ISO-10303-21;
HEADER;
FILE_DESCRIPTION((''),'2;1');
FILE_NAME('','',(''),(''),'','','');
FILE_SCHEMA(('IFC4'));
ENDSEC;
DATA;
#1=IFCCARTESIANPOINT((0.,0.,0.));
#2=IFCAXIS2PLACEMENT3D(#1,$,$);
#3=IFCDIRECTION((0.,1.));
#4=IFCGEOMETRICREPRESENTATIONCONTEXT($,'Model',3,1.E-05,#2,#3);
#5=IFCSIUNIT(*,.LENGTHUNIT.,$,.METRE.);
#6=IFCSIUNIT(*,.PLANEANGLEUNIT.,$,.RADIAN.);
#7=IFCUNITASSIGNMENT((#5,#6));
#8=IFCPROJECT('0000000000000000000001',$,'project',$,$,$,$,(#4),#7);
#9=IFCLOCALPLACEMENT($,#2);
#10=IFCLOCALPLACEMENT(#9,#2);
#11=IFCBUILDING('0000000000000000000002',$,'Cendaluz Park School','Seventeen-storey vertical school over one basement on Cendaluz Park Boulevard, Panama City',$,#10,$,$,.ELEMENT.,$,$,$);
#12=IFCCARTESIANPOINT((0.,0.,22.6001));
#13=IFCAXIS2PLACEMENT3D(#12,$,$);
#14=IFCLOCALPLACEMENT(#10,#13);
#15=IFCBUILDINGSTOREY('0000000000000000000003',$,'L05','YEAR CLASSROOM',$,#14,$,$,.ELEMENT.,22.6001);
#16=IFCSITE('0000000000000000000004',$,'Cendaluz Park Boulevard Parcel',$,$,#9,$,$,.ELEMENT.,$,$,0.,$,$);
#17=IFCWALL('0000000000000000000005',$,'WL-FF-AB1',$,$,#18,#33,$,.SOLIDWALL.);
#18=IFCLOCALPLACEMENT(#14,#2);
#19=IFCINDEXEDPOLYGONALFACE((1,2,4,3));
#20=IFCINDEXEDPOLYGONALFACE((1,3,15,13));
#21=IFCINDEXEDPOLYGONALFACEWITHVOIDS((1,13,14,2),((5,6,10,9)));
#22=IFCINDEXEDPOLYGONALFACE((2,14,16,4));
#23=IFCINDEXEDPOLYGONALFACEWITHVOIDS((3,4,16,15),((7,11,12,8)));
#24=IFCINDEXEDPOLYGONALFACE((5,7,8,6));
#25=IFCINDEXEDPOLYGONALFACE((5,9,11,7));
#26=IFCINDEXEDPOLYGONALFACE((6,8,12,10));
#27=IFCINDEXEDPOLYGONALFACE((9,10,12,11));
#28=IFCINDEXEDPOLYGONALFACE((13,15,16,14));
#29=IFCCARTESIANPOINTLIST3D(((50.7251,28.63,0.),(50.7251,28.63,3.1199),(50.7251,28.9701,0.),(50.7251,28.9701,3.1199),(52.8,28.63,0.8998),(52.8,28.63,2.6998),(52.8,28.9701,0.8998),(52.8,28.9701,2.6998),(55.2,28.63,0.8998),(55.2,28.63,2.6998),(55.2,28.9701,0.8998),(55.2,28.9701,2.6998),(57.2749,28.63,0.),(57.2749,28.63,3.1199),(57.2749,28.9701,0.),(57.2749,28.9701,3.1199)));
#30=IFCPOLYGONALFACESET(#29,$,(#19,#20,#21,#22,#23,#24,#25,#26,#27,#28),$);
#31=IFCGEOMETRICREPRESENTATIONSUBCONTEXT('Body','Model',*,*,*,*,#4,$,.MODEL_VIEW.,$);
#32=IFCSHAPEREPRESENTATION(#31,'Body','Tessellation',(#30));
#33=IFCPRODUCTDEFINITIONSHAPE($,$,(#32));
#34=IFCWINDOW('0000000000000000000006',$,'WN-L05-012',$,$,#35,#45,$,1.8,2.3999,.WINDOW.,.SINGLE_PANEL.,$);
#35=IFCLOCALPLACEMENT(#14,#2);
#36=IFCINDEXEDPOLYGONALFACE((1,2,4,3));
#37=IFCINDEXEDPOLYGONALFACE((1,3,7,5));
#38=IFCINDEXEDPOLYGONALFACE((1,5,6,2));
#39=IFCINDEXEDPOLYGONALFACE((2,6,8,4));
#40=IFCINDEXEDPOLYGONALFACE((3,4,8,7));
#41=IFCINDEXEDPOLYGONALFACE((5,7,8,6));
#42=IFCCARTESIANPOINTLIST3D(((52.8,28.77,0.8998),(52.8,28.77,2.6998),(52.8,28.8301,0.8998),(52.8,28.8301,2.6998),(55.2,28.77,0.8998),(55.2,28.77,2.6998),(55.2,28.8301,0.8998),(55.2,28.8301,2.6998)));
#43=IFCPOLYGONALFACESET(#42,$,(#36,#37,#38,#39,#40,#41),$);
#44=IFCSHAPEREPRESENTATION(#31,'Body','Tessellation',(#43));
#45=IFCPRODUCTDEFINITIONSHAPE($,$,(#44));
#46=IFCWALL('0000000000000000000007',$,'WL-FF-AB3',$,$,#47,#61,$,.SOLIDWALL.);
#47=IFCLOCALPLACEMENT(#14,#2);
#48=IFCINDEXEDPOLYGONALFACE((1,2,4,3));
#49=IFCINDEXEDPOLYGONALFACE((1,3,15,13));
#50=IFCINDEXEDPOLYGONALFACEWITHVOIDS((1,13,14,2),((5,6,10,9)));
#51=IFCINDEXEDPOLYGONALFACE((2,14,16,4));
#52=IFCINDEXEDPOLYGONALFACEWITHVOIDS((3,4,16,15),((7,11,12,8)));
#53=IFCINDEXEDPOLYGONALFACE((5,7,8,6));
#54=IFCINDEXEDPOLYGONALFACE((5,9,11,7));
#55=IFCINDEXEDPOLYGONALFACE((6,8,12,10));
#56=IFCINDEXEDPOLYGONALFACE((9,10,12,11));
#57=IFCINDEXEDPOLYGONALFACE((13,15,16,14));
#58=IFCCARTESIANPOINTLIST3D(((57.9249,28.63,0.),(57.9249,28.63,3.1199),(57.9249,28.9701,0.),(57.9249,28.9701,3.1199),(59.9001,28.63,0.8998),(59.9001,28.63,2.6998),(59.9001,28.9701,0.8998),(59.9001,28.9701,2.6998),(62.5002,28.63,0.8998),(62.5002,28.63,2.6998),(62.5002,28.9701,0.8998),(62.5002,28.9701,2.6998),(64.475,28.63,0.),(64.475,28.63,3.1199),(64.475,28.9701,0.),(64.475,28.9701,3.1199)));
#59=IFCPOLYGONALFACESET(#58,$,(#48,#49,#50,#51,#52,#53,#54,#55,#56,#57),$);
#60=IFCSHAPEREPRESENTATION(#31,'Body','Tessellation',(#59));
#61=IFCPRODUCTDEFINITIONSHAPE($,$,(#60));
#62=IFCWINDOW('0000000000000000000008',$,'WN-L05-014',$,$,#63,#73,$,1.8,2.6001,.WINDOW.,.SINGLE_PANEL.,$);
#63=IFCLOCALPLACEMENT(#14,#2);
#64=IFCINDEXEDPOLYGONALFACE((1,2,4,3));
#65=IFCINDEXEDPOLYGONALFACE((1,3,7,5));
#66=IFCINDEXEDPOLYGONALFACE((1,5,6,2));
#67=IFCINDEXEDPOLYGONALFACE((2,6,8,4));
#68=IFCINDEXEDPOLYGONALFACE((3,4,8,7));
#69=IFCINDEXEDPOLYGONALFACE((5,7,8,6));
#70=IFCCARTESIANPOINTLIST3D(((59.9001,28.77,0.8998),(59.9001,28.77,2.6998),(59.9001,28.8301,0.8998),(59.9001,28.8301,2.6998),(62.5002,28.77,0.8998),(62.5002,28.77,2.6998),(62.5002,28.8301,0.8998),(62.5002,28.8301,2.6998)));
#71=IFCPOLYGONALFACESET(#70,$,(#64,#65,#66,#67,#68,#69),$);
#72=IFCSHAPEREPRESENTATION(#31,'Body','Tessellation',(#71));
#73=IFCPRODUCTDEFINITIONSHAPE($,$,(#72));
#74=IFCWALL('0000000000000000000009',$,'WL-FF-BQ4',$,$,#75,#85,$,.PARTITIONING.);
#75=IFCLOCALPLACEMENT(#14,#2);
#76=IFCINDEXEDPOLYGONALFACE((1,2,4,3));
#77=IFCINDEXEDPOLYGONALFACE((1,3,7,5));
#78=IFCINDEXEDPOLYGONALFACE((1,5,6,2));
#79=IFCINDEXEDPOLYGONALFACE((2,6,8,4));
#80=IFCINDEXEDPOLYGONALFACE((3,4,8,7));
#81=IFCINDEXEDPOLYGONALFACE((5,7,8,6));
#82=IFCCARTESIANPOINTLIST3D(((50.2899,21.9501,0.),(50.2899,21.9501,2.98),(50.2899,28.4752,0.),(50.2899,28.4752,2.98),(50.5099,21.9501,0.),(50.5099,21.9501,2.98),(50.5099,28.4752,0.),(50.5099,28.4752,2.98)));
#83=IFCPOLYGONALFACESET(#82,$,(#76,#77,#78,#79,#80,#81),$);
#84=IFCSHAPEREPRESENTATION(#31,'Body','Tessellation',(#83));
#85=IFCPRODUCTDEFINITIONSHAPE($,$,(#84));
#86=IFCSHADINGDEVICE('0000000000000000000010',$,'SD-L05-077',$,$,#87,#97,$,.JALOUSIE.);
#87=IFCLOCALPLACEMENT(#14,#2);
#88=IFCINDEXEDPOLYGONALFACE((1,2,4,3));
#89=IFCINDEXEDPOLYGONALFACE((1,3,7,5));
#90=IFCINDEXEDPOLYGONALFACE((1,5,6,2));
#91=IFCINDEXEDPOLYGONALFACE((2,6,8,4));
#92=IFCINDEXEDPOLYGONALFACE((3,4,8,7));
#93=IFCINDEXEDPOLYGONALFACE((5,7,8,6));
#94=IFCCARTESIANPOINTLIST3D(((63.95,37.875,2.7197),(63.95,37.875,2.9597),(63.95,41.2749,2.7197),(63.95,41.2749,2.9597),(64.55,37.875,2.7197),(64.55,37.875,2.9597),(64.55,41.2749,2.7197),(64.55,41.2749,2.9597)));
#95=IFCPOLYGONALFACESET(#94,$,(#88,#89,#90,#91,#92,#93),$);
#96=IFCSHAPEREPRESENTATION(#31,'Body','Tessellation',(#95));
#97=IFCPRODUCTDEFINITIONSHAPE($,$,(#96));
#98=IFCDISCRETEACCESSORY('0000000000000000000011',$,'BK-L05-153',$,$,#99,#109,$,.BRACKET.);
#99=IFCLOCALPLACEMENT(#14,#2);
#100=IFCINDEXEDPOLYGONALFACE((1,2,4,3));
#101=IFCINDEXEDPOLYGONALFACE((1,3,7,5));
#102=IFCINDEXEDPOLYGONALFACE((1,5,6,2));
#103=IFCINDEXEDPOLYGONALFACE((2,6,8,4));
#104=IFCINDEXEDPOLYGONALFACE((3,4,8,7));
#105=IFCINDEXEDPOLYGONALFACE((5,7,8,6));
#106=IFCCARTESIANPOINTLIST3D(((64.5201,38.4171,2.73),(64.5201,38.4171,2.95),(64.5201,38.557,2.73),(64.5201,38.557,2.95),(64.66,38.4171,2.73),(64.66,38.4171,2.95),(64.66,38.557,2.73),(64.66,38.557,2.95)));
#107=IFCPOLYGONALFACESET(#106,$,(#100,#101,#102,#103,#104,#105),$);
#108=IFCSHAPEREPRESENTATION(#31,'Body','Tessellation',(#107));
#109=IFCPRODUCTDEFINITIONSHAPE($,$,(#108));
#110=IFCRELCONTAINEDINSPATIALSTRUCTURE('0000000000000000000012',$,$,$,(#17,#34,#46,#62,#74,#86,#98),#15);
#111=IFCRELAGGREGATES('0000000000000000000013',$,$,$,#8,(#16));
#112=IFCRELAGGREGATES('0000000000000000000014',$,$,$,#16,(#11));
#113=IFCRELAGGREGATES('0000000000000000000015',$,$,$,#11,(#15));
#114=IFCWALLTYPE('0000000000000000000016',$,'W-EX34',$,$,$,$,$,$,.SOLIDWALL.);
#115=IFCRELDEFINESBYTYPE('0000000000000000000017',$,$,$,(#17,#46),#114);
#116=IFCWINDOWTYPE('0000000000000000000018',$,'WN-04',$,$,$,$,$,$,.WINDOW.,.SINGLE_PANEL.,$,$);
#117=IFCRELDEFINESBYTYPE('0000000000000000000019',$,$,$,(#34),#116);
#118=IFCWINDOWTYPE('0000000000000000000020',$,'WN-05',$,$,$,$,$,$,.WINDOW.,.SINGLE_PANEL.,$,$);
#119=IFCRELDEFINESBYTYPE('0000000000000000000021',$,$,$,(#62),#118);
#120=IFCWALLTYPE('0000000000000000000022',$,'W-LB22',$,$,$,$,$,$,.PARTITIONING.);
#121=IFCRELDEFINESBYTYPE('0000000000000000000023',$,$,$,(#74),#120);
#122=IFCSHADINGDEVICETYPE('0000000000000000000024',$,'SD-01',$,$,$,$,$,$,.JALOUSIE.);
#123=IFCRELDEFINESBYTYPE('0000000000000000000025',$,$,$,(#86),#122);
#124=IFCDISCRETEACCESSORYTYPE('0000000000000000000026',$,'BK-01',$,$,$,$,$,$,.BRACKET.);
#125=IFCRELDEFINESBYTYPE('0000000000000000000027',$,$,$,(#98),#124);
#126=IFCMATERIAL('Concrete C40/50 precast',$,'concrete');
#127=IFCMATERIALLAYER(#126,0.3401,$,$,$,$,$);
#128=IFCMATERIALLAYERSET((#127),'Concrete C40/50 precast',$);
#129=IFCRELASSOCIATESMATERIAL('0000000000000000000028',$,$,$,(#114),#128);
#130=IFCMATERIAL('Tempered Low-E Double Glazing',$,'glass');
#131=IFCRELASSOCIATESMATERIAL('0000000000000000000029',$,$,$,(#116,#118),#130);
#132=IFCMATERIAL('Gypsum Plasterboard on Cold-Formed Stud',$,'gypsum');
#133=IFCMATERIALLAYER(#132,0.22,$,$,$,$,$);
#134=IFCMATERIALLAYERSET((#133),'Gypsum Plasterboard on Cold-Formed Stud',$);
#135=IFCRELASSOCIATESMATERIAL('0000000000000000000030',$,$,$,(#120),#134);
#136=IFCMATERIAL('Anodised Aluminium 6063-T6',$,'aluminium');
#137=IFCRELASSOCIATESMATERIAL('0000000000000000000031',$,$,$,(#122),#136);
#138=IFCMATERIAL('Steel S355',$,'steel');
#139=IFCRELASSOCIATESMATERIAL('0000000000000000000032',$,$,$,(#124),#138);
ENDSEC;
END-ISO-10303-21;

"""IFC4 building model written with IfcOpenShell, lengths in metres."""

from ifc_helpers import new_model, si_unit, direction, frame, frame_2d, origin, origin_2d, place, context, subcontext, project, spatial, rectangle, extrude, material, layer, layer_set, type_object, element, fill, save


model = new_model("IFC4")

# Units and contexts
model_context = context("Model", 3, precision=1e-05, world=origin(), true_north=direction((0.0, 1.0)))
body_context = subcontext(model_context, "Body", "Model", "MODEL_VIEW")
ifc_project = project(units=[si_unit("LENGTHUNIT", "METRE"), si_unit("PLANEANGLEUNIT", "RADIAN")], contexts=[model_context])

# Site, building, storey
site_placement = place(None, origin())
site = spatial("IfcSite", under=ifc_project, at=site_placement, Name="Cendaluz Park Boulevard Parcel", CompositionType="ELEMENT", RefElevation=0.0)
building_placement = place(site_placement, origin())
building = spatial("IfcBuilding", under=site, at=building_placement, Name="Cendaluz Park School", Description="Seventeen-storey vertical school over one basement on Cendaluz Park Boulevard, Panama City", CompositionType="ELEMENT")
storey_placement = place(building_placement, frame((0.0, 0.0, 22.6001)))
storey = spatial("IfcBuildingStorey", under=building, at=storey_placement, Name="L05", Description="YEAR CLASSROOM", CompositionType="ELEMENT", Elevation=22.6001)

# Shared definitions
ifc_material_1 = material(Name="Gypsum Plasterboard on Cold-Formed Stud", Category="gypsum")

# Walls, openings, windows
ifc_material_2 = material(Name="Concrete C40/50 precast", Category="concrete")
ifc_layer_1 = layer(ifc_material_2, 0.3401)
ifc_layer_set_1 = layer_set([ifc_layer_1], Name="Concrete C40/50 precast")
wall_type_1 = type_object("IfcWallType", Name="W-EX34", PredefinedType="SOLIDWALL", material=ifc_layer_set_1)
wall_1_placement = place(storey_placement, frame((50.7251, 28.8, 0.0), z_axis=(0.0, 0.0, 1.0), x_axis=(1.0, 0.0, 0.0)))
wall_1 = element("IfcWall", 1, at=wall_1_placement, inside=storey, type_object=wall_type_1, Name="WL-FF-AB1", PredefinedType="SOLIDWALL", context=body_context, shape_type="SweptSolid", body=[
    extrude(rectangle(XDim=6.5498, YDim=0.3401, at=frame_2d((3.2749, 0.0))), origin(), (0.0, 0.0, 1.0), 3.1199),
])
opening_1_placement = place(wall_1_placement, frame((2.075, 0.0, 0.8999)))
opening_1 = element("IfcOpeningElement", 2, at=opening_1_placement, cuts=wall_1, PredefinedType="OPENING", context=body_context, shape_type="SweptSolid", body=[
    extrude(rectangle(XDim=2.3999, YDim=1.8, at=frame_2d((1.2, 0.8999))), frame((0.0, 0.1821, 0.0), z_axis=(0.0, -1.0, 0.0), x_axis=(1.0, 0.0, 0.0)), (0.0, 0.0, 1.0), 0.364),
])
ifc_material_3 = material(Name="Tempered Low-E Double Glazing", Category="glass")
window_type_1 = type_object("IfcWindowType", Name="WN-04", PartitioningType="SINGLE_PANEL", PredefinedType="WINDOW", material=ifc_material_3)
window_1_placement = place(opening_1_placement, origin())
window_1 = element("IfcWindow", 3, at=window_1_placement, inside=storey, type_object=window_type_1, Name="WN-L05-012", OverallHeight=1.8, OverallWidth=2.3999, PartitioningType="SINGLE_PANEL", PredefinedType="WINDOW", context=body_context, shape_type="SweptSolid", body=[
    extrude(rectangle(XDim=2.3999, YDim=1.8, at=frame_2d((1.2, 0.8999))), frame((0.0, 0.03, 0.0), z_axis=(0.0, -1.0, 0.0), x_axis=(1.0, 0.0, 0.0)), (0.0, 0.0, 1.0), 0.0601),
])
fill(opening_1, window_1)
wall_2_placement = place(storey_placement, frame((57.925, 28.8, 0.0), z_axis=(0.0, 0.0, 1.0), x_axis=(1.0, 0.0, 0.0)))
wall_2 = element("IfcWall", 4, at=wall_2_placement, inside=storey, type_object=wall_type_1, Name="WL-FF-AB3", PredefinedType="SOLIDWALL", context=body_context, shape_type="SweptSolid", body=[
    extrude(rectangle(XDim=6.55, YDim=0.3401, at=frame_2d((3.2749, 0.0))), origin(), (0.0, 0.0, 1.0), 3.1199),
])
opening_2_placement = place(wall_2_placement, frame((1.9751, 0.0, 0.8999)))
opening_2 = element("IfcOpeningElement", 5, at=opening_2_placement, cuts=wall_2, PredefinedType="OPENING", context=body_context, shape_type="SweptSolid", body=[
    extrude(rectangle(XDim=2.6001, YDim=1.8, at=frame_2d((1.3, 0.8999))), frame((0.0, 0.1821, 0.0), z_axis=(0.0, -1.0, 0.0), x_axis=(1.0, 0.0, 0.0)), (0.0, 0.0, 1.0), 0.364),
])
window_type_2 = type_object("IfcWindowType", Name="WN-05", PartitioningType="SINGLE_PANEL", PredefinedType="WINDOW", material=ifc_material_3)
window_2_placement = place(opening_2_placement, origin())
window_2 = element("IfcWindow", 6, at=window_2_placement, inside=storey, type_object=window_type_2, Name="WN-L05-014", OverallHeight=1.8, OverallWidth=2.6001, PartitioningType="SINGLE_PANEL", PredefinedType="WINDOW", context=body_context, shape_type="SweptSolid", body=[
    extrude(rectangle(XDim=2.6001, YDim=1.8, at=frame_2d((1.3, 0.8999))), frame((0.0, 0.03, 0.0), z_axis=(0.0, -1.0, 0.0), x_axis=(1.0, 0.0, 0.0)), (0.0, 0.0, 1.0), 0.0601),
])
fill(opening_2, window_2)

# Wall
ifc_layer_2 = layer(ifc_material_1, 0.22)
ifc_layer_set_2 = layer_set([ifc_layer_2], Name="Gypsum Plasterboard on Cold-Formed Stud")
wall_type_2 = type_object("IfcWallType", Name="W-LB22", PredefinedType="PARTITIONING", material=ifc_layer_set_2)
wall_3_placement = place(storey_placement, frame((50.3999, 21.95, 0.0), z_axis=(0.0, 0.0, 1.0), x_axis=(0.0, 1.0, 0.0)))
element("IfcWall", 7, at=wall_3_placement, inside=storey, type_object=wall_type_2, Name="WL-FF-BQ4", PredefinedType="PARTITIONING", context=body_context, shape_type="SweptSolid", body=[
    extrude(rectangle(XDim=6.5251, YDim=0.22, at=frame_2d((3.2627, 0.0))), origin(), (0.0, 0.0, 1.0), 2.98),
])

# Shading device
ifc_material_4 = material(Name="Anodised Aluminium 6063-T6", Category="aluminium")
shading_device_type = type_object("IfcShadingDeviceType", Name="SD-01", PredefinedType="JALOUSIE", material=ifc_material_4)
shading_device_placement = place(storey_placement, frame((64.25, 39.575, 2.7197), z_axis=(0.0, 0.0, 1.0), x_axis=(0.0, 1.0, 0.0)))
element("IfcShadingDevice", 8, at=shading_device_placement, inside=storey, type_object=shading_device_type, Name="SD-L05-077", PredefinedType="JALOUSIE", context=body_context, shape_type="SweptSolid", body=[
    extrude(rectangle(XDim=3.3999, YDim=0.6001, at=origin_2d()), origin(), (0.0, 0.0, 1.0), 0.24),
])

# Discrete accessory
ifc_material_5 = material(Name="Steel S355", Category="steel")
discrete_accessory_type = type_object("IfcDiscreteAccessoryType", Name="BK-01", PredefinedType="BRACKET", material=ifc_material_5)
discrete_accessory_placement = place(storey_placement, frame((64.5901, 38.4871, 2.73), z_axis=(0.0, 0.0, 1.0), x_axis=(0.0, 1.0, 0.0)))
element("IfcDiscreteAccessory", 9, at=discrete_accessory_placement, inside=storey, type_object=discrete_accessory_type, Name="BK-L05-153", PredefinedType="BRACKET", context=body_context, shape_type="SweptSolid", body=[
    extrude(rectangle(XDim=0.1399, YDim=0.1399, at=origin_2d()), origin(), (0.0, 0.0, 1.0), 0.22),
])

save(model, "model.ifc")
